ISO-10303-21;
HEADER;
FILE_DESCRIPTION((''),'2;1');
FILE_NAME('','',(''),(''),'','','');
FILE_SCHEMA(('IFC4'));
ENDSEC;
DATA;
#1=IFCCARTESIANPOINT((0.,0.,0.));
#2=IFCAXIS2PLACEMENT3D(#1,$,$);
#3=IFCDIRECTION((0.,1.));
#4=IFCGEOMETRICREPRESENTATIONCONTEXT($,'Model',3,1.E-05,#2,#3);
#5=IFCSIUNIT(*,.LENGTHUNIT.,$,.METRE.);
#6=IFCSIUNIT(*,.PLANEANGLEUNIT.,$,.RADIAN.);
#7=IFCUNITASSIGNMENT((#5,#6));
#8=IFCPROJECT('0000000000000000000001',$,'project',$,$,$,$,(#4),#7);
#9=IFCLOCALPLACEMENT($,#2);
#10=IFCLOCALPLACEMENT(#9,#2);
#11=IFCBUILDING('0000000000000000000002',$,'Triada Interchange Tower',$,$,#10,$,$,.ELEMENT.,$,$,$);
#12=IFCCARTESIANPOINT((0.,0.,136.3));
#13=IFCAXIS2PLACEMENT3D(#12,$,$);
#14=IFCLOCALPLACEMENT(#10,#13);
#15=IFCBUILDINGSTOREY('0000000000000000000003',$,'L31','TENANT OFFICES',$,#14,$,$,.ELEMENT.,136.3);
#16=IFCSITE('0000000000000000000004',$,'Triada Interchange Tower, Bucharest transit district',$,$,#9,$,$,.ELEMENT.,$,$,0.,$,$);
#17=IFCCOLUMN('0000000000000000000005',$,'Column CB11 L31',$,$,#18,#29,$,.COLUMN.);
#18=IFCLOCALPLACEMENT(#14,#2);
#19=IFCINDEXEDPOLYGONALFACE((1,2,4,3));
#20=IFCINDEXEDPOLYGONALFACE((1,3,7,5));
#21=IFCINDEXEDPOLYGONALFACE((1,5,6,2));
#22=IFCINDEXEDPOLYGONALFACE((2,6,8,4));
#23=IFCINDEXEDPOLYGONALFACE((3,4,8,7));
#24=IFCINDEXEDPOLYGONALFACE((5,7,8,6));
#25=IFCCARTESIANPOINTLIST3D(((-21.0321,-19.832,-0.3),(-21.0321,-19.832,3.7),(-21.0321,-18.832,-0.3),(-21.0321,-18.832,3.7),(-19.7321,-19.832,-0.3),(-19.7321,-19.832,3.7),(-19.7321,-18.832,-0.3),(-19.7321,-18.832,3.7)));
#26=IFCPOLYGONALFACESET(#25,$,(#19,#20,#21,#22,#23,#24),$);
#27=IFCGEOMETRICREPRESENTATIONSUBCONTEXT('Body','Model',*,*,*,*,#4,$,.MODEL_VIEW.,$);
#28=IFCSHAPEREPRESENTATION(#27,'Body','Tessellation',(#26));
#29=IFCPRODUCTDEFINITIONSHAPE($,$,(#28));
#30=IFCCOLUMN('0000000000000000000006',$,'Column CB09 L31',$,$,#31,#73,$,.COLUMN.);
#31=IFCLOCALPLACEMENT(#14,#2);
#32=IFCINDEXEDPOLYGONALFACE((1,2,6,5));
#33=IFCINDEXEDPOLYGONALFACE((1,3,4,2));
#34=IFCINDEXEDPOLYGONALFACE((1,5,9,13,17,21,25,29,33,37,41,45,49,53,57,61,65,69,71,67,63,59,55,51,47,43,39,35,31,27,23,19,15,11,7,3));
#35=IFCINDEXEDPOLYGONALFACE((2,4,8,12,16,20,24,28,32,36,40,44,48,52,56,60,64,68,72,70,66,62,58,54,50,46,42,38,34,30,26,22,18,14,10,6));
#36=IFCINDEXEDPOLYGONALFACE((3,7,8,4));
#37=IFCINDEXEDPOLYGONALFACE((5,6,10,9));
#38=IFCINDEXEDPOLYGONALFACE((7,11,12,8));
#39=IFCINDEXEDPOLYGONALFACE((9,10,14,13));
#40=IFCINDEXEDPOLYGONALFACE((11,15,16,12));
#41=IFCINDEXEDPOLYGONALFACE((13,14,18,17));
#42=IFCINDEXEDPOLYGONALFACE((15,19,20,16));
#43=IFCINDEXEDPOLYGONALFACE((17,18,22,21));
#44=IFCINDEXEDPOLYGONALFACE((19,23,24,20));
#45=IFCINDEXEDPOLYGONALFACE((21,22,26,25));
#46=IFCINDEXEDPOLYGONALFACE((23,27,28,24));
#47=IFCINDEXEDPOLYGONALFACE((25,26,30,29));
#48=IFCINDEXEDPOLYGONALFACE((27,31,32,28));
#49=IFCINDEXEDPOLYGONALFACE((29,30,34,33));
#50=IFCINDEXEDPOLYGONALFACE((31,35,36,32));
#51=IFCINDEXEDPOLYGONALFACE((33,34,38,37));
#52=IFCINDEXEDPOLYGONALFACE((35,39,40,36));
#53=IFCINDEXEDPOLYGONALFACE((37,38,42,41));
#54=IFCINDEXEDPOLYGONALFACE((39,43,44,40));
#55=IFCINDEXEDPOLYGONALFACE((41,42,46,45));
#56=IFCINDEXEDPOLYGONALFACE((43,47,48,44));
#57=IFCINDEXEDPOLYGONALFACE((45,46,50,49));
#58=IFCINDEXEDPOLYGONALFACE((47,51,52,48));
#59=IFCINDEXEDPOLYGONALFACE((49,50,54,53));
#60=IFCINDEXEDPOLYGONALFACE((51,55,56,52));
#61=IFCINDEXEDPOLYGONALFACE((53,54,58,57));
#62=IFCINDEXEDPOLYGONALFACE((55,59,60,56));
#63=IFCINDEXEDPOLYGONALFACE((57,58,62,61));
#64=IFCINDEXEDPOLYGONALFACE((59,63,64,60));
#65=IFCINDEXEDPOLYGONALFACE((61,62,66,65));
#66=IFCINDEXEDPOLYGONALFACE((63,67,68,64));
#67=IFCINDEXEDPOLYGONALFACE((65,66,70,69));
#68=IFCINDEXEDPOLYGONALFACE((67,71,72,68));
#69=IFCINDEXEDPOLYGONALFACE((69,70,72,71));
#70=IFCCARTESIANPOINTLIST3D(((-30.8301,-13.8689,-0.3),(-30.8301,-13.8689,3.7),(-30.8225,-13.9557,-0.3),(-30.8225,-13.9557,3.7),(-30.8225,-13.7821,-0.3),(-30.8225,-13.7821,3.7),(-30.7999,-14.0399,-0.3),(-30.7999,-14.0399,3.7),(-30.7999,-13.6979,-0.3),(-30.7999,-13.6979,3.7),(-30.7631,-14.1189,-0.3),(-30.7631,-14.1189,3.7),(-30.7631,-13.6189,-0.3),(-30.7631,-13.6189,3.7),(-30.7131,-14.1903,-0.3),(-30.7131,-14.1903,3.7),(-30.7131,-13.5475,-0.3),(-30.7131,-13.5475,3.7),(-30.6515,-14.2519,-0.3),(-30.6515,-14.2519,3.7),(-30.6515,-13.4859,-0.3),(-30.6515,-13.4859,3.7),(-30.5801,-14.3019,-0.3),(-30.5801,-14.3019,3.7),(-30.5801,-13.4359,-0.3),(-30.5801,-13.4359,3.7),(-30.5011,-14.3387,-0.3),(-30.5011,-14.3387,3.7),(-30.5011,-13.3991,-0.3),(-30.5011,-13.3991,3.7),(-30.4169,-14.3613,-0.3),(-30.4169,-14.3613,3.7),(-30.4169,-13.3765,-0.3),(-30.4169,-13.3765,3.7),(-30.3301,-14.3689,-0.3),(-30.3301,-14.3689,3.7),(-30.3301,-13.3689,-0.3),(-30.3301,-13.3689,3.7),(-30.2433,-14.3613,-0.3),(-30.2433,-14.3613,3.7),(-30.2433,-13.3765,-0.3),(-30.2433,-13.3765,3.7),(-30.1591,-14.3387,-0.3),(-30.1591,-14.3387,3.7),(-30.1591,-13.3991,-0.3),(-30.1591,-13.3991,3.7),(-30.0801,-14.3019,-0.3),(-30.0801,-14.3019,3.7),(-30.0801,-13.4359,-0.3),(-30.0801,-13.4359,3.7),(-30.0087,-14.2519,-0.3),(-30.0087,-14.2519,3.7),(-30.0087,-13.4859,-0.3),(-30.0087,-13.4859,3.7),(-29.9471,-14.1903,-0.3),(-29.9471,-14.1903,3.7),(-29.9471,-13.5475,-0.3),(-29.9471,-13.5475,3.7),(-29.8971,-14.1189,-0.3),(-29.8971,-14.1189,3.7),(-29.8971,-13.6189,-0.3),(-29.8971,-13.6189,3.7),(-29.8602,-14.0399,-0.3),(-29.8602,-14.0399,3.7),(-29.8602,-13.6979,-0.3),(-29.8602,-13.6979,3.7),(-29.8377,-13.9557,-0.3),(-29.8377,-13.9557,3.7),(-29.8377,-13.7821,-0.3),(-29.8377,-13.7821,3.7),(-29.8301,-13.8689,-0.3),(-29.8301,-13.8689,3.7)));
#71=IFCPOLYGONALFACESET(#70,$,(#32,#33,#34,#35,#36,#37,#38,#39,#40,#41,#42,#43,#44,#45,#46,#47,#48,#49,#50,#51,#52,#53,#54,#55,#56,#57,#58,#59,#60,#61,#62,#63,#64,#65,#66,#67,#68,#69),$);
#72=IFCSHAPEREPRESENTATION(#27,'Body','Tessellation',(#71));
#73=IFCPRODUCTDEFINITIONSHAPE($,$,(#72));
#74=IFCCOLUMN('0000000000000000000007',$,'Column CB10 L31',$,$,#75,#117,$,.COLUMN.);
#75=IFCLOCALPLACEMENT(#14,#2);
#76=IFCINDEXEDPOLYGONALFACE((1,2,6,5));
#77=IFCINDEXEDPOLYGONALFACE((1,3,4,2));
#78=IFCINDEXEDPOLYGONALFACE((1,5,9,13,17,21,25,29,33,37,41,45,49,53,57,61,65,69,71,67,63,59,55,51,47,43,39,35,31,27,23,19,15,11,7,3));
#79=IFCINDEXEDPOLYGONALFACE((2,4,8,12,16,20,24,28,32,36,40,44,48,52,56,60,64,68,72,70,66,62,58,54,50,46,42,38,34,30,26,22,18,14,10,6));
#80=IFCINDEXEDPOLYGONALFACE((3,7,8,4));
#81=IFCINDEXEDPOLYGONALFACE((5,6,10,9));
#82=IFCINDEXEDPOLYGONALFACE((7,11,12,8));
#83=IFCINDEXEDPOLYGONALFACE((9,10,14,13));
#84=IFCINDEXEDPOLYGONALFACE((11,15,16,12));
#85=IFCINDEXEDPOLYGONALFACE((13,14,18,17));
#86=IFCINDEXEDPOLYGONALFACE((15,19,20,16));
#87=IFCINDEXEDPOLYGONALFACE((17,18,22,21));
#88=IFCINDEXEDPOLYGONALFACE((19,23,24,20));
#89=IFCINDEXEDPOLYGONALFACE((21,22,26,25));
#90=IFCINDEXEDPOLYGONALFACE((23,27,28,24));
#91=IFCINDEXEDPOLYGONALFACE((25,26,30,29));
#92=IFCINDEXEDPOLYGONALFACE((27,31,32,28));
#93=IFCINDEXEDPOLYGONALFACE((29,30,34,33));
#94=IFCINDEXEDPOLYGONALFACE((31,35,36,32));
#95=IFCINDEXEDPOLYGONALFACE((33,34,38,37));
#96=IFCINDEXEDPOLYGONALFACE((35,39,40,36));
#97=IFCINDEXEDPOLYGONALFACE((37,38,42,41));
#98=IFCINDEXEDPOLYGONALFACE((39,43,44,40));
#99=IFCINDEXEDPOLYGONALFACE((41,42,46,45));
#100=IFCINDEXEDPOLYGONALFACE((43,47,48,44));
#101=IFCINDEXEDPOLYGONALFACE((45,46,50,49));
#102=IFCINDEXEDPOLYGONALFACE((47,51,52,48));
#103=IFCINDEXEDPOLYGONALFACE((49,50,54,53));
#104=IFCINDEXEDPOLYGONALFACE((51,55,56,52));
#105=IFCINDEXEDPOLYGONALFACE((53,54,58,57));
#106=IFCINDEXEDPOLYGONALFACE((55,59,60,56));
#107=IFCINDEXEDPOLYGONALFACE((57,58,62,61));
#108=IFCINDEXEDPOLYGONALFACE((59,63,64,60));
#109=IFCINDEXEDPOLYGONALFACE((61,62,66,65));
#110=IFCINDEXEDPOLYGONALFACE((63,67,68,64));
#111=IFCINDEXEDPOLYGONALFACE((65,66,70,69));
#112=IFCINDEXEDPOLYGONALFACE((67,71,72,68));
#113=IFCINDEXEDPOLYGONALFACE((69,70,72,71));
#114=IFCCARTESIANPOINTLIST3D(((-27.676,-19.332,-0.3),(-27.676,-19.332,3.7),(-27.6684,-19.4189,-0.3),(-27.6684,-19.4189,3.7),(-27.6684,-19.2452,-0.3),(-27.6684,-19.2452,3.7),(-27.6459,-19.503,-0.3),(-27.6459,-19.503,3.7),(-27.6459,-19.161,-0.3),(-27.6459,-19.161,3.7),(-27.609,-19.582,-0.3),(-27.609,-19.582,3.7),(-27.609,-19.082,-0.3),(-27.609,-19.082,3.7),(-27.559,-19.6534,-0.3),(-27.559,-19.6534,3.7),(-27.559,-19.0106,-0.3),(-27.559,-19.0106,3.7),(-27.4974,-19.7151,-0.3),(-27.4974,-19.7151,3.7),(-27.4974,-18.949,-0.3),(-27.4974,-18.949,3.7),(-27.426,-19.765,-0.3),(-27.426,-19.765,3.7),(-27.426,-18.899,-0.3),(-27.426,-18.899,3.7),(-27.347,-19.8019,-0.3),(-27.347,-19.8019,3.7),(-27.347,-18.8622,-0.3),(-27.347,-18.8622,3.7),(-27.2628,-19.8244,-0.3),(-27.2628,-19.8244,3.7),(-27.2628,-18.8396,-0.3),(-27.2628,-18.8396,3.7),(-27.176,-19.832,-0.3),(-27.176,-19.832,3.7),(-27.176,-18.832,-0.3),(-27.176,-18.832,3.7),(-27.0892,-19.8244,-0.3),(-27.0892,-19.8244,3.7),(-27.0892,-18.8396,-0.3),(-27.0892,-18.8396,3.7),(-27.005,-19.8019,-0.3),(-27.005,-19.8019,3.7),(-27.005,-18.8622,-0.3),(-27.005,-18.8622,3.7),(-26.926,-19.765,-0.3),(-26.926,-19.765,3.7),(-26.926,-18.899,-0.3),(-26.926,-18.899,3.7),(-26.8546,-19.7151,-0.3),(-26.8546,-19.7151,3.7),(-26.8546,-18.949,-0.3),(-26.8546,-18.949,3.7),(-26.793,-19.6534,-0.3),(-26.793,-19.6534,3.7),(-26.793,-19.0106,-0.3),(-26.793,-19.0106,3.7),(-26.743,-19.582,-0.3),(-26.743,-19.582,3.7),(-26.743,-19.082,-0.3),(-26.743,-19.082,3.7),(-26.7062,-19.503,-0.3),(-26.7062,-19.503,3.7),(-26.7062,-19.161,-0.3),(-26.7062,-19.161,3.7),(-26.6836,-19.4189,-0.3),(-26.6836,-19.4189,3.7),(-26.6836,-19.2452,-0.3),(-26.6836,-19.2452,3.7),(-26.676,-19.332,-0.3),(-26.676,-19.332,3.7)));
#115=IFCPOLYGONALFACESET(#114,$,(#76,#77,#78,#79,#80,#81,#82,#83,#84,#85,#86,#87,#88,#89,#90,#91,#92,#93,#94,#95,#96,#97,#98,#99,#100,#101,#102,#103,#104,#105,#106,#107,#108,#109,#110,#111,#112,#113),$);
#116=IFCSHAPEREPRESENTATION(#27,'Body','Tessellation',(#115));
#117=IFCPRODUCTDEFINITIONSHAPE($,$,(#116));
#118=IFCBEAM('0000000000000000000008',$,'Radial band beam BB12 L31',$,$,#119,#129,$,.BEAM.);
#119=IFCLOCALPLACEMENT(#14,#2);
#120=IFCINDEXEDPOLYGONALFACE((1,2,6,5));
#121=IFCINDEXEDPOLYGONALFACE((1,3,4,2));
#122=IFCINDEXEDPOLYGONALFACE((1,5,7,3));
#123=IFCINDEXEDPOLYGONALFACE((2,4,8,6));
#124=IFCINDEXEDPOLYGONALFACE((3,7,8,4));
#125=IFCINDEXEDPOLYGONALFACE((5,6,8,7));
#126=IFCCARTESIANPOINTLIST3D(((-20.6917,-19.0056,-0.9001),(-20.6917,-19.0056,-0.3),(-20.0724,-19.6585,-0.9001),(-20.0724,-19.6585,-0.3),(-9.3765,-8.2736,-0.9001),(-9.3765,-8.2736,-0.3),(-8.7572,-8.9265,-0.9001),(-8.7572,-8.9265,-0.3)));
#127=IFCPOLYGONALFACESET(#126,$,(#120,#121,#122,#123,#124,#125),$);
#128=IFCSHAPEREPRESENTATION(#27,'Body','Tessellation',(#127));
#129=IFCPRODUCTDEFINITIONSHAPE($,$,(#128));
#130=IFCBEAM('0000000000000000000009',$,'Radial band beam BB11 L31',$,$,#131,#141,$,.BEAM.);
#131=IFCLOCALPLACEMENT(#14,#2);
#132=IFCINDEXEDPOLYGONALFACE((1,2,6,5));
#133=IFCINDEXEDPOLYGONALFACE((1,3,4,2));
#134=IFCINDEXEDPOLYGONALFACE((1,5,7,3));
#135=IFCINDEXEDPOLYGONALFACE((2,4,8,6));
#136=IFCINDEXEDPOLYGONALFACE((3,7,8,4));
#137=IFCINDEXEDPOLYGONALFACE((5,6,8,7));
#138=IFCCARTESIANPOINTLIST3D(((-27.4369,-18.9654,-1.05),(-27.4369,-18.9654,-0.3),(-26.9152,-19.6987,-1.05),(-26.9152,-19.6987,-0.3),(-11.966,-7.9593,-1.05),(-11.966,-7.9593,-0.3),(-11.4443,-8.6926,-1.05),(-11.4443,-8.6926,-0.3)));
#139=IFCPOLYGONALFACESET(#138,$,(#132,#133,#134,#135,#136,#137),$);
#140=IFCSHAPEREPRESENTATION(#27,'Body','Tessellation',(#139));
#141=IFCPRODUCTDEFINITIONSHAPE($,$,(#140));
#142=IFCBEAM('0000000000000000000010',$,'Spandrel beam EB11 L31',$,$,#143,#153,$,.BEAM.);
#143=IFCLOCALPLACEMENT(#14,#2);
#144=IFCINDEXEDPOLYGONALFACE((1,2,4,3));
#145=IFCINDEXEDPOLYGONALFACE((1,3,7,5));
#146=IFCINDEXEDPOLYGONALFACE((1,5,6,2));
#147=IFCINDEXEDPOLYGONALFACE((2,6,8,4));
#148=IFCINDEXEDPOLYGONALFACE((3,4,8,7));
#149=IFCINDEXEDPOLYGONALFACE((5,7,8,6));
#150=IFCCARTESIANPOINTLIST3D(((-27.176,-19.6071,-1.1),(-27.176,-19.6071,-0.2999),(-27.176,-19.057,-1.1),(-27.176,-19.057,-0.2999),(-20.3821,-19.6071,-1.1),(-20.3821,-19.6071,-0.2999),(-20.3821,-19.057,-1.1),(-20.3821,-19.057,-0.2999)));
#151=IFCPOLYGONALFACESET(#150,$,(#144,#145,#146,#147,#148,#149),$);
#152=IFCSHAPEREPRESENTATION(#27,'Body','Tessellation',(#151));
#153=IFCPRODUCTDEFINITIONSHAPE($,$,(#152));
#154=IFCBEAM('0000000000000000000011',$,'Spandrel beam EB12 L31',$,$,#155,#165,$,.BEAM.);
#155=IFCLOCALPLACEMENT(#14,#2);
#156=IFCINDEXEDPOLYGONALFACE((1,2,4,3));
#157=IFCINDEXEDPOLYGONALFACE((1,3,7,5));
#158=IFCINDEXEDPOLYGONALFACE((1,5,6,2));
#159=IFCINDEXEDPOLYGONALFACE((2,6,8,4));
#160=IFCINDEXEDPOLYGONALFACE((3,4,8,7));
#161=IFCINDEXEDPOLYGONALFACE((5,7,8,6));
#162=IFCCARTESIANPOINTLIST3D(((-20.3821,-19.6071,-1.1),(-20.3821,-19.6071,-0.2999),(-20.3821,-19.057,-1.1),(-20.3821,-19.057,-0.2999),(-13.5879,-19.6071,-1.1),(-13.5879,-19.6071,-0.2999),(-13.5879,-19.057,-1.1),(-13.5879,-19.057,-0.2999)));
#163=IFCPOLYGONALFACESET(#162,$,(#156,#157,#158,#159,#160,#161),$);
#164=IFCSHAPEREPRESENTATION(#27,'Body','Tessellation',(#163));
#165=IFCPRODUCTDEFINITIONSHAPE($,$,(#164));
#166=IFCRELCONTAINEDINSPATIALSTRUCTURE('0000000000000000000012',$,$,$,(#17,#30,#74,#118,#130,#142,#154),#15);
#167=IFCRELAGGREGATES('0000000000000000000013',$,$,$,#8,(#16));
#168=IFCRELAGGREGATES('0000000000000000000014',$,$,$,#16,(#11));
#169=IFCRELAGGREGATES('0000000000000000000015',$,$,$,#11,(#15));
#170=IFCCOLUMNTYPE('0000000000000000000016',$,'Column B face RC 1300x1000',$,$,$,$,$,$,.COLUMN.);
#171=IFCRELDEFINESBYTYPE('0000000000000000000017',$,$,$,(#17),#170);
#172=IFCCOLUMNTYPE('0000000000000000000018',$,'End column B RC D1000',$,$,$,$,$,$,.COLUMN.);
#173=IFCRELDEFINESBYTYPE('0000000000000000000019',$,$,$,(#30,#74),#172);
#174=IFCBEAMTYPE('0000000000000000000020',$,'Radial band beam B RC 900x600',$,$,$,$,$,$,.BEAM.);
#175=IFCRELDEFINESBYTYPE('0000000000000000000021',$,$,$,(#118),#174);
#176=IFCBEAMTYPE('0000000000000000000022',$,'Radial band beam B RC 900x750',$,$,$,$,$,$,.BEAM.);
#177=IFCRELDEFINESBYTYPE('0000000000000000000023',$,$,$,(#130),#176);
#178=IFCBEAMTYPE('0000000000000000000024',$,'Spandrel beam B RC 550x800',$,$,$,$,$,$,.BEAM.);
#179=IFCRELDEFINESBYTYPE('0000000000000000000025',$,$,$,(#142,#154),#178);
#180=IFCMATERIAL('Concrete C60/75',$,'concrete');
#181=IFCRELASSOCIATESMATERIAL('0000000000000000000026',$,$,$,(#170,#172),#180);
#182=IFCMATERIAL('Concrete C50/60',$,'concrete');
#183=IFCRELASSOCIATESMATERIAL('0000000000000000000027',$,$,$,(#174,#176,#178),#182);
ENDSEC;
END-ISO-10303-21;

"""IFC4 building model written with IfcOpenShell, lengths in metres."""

from ifc_helpers import new_model, si_unit, direction, frame, origin, origin_2d, place, context, subcontext, project, spatial, rectangle, circle, extrude, material, material_profile, profile_set, type_object, element, save


model = new_model("IFC4")

# Units and contexts
model_context = context("Model", 3, precision=1e-05, world=origin(), true_north=direction((0.0, 1.0)))
body_context = subcontext(model_context, "Body", "Model", "MODEL_VIEW")
ifc_project = project(units=[si_unit("LENGTHUNIT", "METRE"), si_unit("PLANEANGLEUNIT", "RADIAN")], contexts=[model_context])

# Site, building, storey
site_placement = place(None, origin())
site = spatial("IfcSite", under=ifc_project, at=site_placement, Name="Triada Interchange Tower, Bucharest transit district", CompositionType="ELEMENT", RefElevation=0.0)
building_placement = place(site_placement, origin())
building = spatial("IfcBuilding", under=site, at=building_placement, Name="Triada Interchange Tower", CompositionType="ELEMENT")
storey_placement = place(building_placement, frame((0.0, 0.0, 136.3)))
storey = spatial("IfcBuildingStorey", under=building, at=storey_placement, Name="L31", Description="TENANT OFFICES", CompositionType="ELEMENT", Elevation=136.3)

# Columns
ifc_material_1 = material(Name="Concrete C60/75", Category="concrete")
ifc_material_profile_1 = material_profile(ifc_material_1, rectangle(XDim=1.3, YDim=1.0, at=origin_2d()), Name="RC 1300x1000")
ifc_profile_set_1 = profile_set([ifc_material_profile_1], Name="Concrete C60/75")
column_type_1 = type_object("IfcColumnType", Name="Column B face RC 1300x1000", PredefinedType="COLUMN", material=ifc_profile_set_1)
column_placement = place(storey_placement, frame((-20.3821, -19.332, -0.3), z_axis=(0.0, 0.0, 1.0), x_axis=(1.0, 0.0, 0.0)))
element("IfcColumn", 1, at=column_placement, inside=storey, type_object=column_type_1, Name="Column CB11 L31", PredefinedType="COLUMN", context=body_context, shape_type="SweptSolid", body=[
    extrude(rectangle(XDim=1.3, YDim=1.0, at=origin_2d()), origin(), (0.0, 0.0, 1.0), 4.0),
])
ifc_material_profile_2 = material_profile(ifc_material_1, circle(Radius=0.5, at=origin_2d()), Name="RC D1000")
ifc_profile_set_2 = profile_set([ifc_material_profile_2], Name="Concrete C60/75")
column_type_2 = type_object("IfcColumnType", Name="End column B RC D1000", PredefinedType="COLUMN", material=ifc_profile_set_2)
for number, where, z_axis, x_axis, name in (
    (2, (-30.3301, -13.8689, -0.3), (0.0, 0.0, 1.0), (0.5, 0.866025, 0.0), "Column CB09 L31"),
    (3, (-27.176, -19.332, -0.3), (0.0, 0.0, 1.0), (1.0, 0.0, 0.0), "Column CB10 L31"),
):
    element("IfcColumn", number, at=place(storey_placement, frame(where, z_axis=z_axis, x_axis=x_axis)), inside=storey, type_object=column_type_2, Name=name, PredefinedType="COLUMN", context=body_context, shape_type="SweptSolid", body=[
        extrude(circle(Radius=0.5, at=origin_2d()), origin(), (0.0, 0.0, 1.0), 4.0),
    ])

# Beams
ifc_material_2 = material(Name="Concrete C50/60", Category="concrete")
ifc_material_profile_3 = material_profile(ifc_material_2, rectangle(XDim=0.8999, YDim=0.6001, at=origin_2d()), Name="RC 900x600")
ifc_profile_set_3 = profile_set([ifc_material_profile_3], Name="Concrete C50/60")
beam_type_1 = type_object("IfcBeamType", Name="Radial band beam B RC 900x600", PredefinedType="BEAM", material=ifc_profile_set_3)
beam_1_placement = place(storey_placement, frame((-20.3821, -19.332, -0.6001), z_axis=(0.725559, 0.68816, 0.0), x_axis=(-0.68816, 0.725559, 0.0)))
element("IfcBeam", 4, at=beam_1_placement, inside=storey, type_object=beam_type_1, Name="Radial band beam BB12 L31", PredefinedType="BEAM", context=body_context, shape_type="SweptSolid", body=[
    extrude(rectangle(XDim=0.8999, YDim=0.6001, at=origin_2d()), origin(), (0.0, 0.0, 1.0), 15.5952),
])
ifc_material_profile_4 = material_profile(ifc_material_2, rectangle(XDim=0.8999, YDim=0.75, at=origin_2d()), Name="RC 900x750")
ifc_profile_set_4 = profile_set([ifc_material_profile_4], Name="Concrete C50/60")
beam_type_2 = type_object("IfcBeamType", Name="Radial band beam B RC 900x750", PredefinedType="BEAM", material=ifc_profile_set_4)
beam_2_placement = place(storey_placement, frame((-27.176, -19.332, -0.675), z_axis=(0.814842, 0.579683, 0.0), x_axis=(-0.579683, 0.814842, 0.0)))
element("IfcBeam", 5, at=beam_2_placement, inside=storey, type_object=beam_type_2, Name="Radial band beam BB11 L31", PredefinedType="BEAM", context=body_context, shape_type="SweptSolid", body=[
    extrude(rectangle(XDim=0.8999, YDim=0.75, at=origin_2d()), origin(), (0.0, 0.0, 1.0), 18.9863),
])
ifc_material_profile_5 = material_profile(ifc_material_2, rectangle(XDim=0.55, YDim=0.8, at=origin_2d()), Name="RC 550x800")
ifc_profile_set_5 = profile_set([ifc_material_profile_5], Name="Concrete C50/60")
beam_type_3 = type_object("IfcBeamType", Name="Spandrel beam B RC 550x800", PredefinedType="BEAM", material=ifc_profile_set_5)
beam_3_placement = place(storey_placement, frame((-27.176, -19.332, -0.7), z_axis=(1.0, 0.0, 0.0), x_axis=(0.0, 1.0, 0.0)))
element("IfcBeam", 6, at=beam_3_placement, inside=storey, type_object=beam_type_3, Name="Spandrel beam EB11 L31", PredefinedType="BEAM", context=body_context, shape_type="SweptSolid", body=[
    extrude(rectangle(XDim=0.55, YDim=0.8, at=origin_2d()), origin(), (0.0, 0.0, 1.0), 6.7939),
])
beam_4_placement = place(storey_placement, frame((-20.3821, -19.332, -0.7), z_axis=(1.0, 0.0, 0.0), x_axis=(0.0, 1.0, 0.0)))
element("IfcBeam", 7, at=beam_4_placement, inside=storey, type_object=beam_type_3, Name="Spandrel beam EB12 L31", PredefinedType="BEAM", context=body_context, shape_type="SweptSolid", body=[
    extrude(rectangle(XDim=0.55, YDim=0.8, at=origin_2d()), origin(), (0.0, 0.0, 1.0), 6.7942),
])

save(model, "model.ifc")
